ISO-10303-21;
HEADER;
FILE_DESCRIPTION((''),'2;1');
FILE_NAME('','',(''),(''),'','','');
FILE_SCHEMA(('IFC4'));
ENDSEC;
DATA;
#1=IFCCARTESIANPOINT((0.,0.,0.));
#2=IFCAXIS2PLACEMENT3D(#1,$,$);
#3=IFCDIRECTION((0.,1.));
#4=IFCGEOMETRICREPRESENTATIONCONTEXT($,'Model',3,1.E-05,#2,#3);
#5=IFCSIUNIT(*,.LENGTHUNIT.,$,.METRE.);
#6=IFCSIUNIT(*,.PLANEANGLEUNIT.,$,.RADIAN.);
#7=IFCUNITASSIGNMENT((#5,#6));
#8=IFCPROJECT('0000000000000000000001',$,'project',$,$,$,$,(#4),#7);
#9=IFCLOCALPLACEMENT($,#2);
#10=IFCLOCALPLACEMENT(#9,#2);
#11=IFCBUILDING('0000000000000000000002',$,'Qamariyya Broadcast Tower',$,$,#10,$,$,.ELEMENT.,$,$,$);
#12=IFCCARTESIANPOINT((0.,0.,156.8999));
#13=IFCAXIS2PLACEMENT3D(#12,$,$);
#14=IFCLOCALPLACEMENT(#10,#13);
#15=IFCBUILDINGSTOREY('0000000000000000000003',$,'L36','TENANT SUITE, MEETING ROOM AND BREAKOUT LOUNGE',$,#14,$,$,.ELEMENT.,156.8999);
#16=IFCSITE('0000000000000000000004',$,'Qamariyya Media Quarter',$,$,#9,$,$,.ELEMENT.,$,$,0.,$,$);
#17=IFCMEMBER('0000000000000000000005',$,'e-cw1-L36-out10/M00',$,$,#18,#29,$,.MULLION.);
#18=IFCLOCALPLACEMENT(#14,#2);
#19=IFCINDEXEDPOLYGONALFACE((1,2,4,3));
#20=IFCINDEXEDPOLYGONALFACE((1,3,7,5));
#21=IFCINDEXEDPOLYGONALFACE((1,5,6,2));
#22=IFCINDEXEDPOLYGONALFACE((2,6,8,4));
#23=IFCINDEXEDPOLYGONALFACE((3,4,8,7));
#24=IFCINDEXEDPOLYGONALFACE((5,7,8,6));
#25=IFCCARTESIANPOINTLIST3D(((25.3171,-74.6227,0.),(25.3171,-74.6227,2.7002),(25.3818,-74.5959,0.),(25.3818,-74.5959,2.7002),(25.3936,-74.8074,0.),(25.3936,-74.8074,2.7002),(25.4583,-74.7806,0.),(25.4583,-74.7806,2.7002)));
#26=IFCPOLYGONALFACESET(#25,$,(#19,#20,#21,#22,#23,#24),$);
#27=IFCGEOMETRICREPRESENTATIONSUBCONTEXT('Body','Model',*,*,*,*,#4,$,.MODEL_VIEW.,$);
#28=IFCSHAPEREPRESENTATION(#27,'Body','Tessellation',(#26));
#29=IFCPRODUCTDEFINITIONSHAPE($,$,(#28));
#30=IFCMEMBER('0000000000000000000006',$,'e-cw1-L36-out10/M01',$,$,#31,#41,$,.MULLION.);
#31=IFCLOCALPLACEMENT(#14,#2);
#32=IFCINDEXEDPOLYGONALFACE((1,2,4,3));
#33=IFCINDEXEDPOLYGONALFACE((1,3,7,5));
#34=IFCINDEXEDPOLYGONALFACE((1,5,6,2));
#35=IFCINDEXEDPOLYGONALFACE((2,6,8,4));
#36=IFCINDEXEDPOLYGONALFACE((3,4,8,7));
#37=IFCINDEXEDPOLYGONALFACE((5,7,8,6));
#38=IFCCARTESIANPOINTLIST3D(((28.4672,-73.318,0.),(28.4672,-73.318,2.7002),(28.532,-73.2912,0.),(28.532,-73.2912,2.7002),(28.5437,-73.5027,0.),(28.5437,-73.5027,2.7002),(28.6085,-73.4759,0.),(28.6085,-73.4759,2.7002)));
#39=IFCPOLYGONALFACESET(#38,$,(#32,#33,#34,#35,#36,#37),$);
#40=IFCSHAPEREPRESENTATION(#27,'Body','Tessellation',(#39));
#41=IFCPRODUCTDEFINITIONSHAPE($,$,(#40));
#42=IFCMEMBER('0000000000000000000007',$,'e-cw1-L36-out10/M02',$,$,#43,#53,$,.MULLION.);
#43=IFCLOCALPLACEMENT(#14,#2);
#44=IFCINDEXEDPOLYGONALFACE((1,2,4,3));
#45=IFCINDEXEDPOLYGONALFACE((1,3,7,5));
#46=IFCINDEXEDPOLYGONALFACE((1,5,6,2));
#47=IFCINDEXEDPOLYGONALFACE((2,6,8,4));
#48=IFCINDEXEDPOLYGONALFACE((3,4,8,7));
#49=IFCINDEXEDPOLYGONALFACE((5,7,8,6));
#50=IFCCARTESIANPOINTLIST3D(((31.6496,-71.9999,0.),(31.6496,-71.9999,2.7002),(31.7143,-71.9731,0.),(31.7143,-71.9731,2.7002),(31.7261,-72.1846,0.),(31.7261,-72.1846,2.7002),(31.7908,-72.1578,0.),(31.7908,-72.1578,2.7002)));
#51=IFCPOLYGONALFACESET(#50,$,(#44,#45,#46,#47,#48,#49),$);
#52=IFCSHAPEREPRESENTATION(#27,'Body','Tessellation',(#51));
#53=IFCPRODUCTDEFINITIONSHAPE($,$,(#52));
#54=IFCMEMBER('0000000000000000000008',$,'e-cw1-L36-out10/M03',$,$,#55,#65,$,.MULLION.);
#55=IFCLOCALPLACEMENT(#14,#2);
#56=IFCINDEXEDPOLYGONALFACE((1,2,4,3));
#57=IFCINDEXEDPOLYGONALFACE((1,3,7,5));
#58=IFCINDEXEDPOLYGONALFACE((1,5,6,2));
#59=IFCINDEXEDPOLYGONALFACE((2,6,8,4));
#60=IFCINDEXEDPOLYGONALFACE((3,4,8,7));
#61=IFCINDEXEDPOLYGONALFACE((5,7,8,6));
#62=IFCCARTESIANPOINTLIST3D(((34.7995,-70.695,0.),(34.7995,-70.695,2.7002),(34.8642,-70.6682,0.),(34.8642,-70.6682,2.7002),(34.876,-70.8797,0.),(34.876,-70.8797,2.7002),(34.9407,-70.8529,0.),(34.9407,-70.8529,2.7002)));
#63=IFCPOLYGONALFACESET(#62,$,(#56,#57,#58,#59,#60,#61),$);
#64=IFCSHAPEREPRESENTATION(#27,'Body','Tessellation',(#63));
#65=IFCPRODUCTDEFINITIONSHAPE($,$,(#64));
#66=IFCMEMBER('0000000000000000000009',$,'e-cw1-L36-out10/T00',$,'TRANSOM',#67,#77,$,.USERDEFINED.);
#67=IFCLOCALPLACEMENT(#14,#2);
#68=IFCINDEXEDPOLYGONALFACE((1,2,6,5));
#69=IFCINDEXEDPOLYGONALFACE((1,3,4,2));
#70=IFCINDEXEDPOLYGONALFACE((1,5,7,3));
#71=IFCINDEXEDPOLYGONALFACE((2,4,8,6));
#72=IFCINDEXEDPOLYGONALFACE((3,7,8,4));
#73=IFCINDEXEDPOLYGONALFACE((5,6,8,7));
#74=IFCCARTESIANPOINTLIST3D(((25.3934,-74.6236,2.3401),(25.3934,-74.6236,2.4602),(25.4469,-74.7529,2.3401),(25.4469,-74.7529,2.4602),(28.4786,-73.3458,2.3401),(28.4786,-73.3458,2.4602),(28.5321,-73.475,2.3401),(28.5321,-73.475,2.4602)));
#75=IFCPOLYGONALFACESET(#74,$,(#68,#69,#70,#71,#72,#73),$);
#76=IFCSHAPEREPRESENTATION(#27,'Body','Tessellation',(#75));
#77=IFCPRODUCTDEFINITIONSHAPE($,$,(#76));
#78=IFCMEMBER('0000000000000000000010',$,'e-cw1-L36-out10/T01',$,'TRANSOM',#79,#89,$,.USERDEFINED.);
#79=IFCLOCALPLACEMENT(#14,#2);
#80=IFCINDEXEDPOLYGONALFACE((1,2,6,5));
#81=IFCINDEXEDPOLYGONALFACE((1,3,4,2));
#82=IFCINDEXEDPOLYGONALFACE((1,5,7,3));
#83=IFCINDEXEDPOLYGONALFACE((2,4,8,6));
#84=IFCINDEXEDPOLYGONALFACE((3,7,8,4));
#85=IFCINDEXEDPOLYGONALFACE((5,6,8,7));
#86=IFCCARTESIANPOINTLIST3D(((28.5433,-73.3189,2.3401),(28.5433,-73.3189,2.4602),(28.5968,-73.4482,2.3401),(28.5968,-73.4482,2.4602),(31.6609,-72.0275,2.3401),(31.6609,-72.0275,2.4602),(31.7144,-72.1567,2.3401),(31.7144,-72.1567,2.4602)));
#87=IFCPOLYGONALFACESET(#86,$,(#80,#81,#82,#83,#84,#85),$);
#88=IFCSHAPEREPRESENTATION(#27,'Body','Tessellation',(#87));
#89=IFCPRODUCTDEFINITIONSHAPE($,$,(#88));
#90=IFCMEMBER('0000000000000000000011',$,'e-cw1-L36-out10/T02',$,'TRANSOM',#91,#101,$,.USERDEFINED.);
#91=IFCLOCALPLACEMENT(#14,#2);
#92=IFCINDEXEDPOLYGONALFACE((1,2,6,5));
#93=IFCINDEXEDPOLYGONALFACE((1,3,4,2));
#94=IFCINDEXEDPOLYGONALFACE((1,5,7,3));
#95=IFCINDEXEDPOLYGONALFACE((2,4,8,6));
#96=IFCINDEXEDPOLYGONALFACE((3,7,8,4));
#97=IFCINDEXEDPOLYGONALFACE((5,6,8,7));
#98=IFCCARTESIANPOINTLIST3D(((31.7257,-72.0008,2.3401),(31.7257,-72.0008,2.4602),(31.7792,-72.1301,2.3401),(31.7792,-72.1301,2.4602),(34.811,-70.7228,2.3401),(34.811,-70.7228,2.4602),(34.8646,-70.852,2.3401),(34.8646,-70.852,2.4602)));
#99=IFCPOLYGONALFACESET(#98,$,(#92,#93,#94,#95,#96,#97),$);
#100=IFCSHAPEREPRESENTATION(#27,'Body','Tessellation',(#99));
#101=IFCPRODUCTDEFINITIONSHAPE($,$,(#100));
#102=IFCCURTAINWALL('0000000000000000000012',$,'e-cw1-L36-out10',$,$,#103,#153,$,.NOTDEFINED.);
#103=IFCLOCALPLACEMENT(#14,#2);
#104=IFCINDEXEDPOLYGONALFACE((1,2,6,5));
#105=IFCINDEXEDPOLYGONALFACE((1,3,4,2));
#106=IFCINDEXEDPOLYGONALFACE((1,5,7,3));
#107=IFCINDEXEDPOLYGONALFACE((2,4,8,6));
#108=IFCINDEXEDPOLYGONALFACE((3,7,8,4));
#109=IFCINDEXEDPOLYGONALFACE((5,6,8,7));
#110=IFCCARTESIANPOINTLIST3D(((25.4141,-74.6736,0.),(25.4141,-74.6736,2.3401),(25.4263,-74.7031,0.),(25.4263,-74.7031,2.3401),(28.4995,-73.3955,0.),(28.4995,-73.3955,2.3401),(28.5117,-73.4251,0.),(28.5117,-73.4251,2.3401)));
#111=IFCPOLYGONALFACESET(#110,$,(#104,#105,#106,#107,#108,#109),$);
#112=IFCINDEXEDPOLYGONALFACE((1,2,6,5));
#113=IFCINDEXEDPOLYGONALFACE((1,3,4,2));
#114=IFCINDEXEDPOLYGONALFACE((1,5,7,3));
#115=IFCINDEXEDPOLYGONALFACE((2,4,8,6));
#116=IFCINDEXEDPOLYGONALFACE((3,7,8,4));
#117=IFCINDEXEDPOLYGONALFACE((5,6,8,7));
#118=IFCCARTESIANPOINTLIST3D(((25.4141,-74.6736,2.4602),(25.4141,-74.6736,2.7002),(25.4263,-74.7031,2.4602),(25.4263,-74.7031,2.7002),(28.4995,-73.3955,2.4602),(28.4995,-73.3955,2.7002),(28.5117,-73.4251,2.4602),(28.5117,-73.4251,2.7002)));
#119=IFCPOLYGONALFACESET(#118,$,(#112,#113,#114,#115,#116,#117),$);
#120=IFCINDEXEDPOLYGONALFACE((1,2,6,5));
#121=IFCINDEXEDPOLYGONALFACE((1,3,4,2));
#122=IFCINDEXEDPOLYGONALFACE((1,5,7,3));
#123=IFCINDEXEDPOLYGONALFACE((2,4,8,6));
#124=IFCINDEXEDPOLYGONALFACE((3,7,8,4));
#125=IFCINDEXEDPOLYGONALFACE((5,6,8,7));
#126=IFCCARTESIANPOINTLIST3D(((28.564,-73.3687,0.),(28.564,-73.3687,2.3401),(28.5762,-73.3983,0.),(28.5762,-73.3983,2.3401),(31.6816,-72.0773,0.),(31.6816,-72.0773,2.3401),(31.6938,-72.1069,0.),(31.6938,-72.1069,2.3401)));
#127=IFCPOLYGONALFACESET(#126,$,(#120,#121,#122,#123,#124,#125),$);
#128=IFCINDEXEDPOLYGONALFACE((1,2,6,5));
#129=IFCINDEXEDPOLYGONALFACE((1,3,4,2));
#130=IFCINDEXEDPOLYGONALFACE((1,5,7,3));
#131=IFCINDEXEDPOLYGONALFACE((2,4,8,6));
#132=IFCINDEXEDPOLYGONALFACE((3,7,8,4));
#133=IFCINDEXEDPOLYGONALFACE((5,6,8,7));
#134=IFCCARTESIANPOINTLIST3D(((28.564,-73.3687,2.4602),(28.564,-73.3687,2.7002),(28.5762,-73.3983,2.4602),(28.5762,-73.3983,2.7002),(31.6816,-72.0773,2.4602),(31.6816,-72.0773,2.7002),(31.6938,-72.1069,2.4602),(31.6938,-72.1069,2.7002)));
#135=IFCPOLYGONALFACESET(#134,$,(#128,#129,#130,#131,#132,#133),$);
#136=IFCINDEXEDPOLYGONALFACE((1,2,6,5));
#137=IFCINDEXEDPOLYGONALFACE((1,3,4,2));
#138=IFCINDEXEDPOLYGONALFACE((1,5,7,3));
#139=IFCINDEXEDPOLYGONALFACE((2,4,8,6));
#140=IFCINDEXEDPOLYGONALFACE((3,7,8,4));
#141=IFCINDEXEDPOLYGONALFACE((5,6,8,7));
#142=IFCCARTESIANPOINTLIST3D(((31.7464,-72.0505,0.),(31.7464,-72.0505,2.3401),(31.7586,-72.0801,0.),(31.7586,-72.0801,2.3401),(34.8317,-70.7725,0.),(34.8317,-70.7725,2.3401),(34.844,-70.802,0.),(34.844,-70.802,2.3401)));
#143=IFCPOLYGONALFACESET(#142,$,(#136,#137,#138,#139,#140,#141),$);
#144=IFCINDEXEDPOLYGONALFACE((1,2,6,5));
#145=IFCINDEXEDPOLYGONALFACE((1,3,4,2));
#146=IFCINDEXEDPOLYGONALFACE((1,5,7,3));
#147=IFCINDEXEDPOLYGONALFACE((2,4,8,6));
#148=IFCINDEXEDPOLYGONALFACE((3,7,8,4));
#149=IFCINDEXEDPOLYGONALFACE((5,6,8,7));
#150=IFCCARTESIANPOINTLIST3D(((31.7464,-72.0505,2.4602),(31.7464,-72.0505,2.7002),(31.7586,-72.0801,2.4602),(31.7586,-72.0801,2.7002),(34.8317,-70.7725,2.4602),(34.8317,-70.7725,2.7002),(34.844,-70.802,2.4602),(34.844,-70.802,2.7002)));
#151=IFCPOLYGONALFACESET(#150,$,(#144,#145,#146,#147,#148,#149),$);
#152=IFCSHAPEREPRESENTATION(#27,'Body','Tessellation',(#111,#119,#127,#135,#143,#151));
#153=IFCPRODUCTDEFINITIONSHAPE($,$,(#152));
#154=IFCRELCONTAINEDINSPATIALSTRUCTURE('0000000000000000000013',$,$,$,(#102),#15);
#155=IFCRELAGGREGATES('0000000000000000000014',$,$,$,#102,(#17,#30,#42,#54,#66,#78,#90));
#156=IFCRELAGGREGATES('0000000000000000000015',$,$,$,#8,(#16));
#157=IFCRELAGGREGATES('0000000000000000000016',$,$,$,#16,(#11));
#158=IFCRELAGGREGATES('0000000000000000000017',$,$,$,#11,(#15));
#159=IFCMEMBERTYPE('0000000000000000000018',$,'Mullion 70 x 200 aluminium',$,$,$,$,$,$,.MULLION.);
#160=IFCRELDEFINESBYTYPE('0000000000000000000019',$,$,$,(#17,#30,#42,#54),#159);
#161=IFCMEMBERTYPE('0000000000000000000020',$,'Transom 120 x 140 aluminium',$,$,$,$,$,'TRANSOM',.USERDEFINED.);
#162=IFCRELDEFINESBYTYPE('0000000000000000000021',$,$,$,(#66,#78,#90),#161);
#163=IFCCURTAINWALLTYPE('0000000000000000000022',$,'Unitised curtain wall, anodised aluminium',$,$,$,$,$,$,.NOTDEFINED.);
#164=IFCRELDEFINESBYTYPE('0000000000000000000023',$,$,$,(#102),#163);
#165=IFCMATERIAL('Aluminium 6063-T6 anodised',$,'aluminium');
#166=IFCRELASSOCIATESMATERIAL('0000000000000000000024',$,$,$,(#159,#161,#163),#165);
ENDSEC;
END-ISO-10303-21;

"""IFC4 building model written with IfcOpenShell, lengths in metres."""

from ifc_helpers import new_model, si_unit, direction, frame, origin, origin_2d, place, context, subcontext, project, spatial, rectangle, extrude, material, material_profile, profile_set, type_object, element, aggregate, save


model = new_model("IFC4")

# Units and contexts
model_context = context("Model", 3, precision=1e-05, world=origin(), true_north=direction((0.0, 1.0)))
body_context = subcontext(model_context, "Body", "Model", "MODEL_VIEW")
ifc_project = project(units=[si_unit("LENGTHUNIT", "METRE"), si_unit("PLANEANGLEUNIT", "RADIAN")], contexts=[model_context])

# Members
ifc_material = material(Name="Aluminium 6063-T6 anodised", Category="aluminium")
ifc_material_profile_1 = material_profile(ifc_material, rectangle(XDim=0.2, YDim=0.0701, at=origin_2d()))
ifc_profile_set_1 = profile_set([ifc_material_profile_1], Name="Aluminium 6063-T6 anodised")
member_type_1 = type_object("IfcMemberType", Name="Mullion 70 x 200 aluminium", PredefinedType="MULLION", material=ifc_profile_set_1)
site_placement = place(None, origin())
building_placement = place(site_placement, origin())
storey_placement = place(building_placement, frame((0.0, 0.0, 156.8999)))
member_1_placement = place(storey_placement, frame((25.3877, -74.7017, 0.0), z_axis=(0.0, 0.0, 1.0), x_axis=(-0.382683, 0.92388, 0.0)))
member_1 = element("IfcMember", 1, at=member_1_placement, type_object=member_type_1, Name="e-cw1-L36-out10/M00", PredefinedType="MULLION", context=body_context, shape_type="SweptSolid", body=[
    extrude(rectangle(XDim=0.2, YDim=0.0701, at=origin_2d()), origin(), (0.0, 0.0, 1.0), 2.7002),
])
member_2_placement = place(storey_placement, frame((28.5378, -73.397, 0.0), z_axis=(0.0, 0.0, 1.0), x_axis=(-0.382683, 0.92388, 0.0)))
member_2 = element("IfcMember", 2, at=member_2_placement, type_object=member_type_1, Name="e-cw1-L36-out10/M01", PredefinedType="MULLION", context=body_context, shape_type="SweptSolid", body=[
    extrude(rectangle(XDim=0.2, YDim=0.0701, at=origin_2d()), origin(), (0.0, 0.0, 1.0), 2.7002),
])
member_3_placement = place(storey_placement, frame((31.7202, -72.0789, 0.0), z_axis=(0.0, 0.0, 1.0), x_axis=(-0.382683, 0.92388, 0.0)))
member_3 = element("IfcMember", 3, at=member_3_placement, type_object=member_type_1, Name="e-cw1-L36-out10/M02", PredefinedType="MULLION", context=body_context, shape_type="SweptSolid", body=[
    extrude(rectangle(XDim=0.2, YDim=0.0701, at=origin_2d()), origin(), (0.0, 0.0, 1.0), 2.7002),
])
member_4_placement = place(storey_placement, frame((34.8701, -70.7739, 0.0), z_axis=(0.0, 0.0, 1.0), x_axis=(-0.382683, 0.92388, 0.0)))
member_4 = element("IfcMember", 4, at=member_4_placement, type_object=member_type_1, Name="e-cw1-L36-out10/M03", PredefinedType="MULLION", context=body_context, shape_type="SweptSolid", body=[
    extrude(rectangle(XDim=0.2, YDim=0.0701, at=origin_2d()), origin(), (0.0, 0.0, 1.0), 2.7002),
])
ifc_material_profile_2 = material_profile(ifc_material, rectangle(XDim=0.1399, YDim=0.1201, at=origin_2d()))
ifc_profile_set_2 = profile_set([ifc_material_profile_2], Name="Aluminium 6063-T6 anodised")
member_type_2 = type_object("IfcMemberType", Name="Transom 120 x 140 aluminium", ElementType="TRANSOM", PredefinedType="USERDEFINED", material=ifc_profile_set_2)
member_5_placement = place(storey_placement, frame((25.4202, -74.6882, 2.4001), z_axis=(0.92389, 0.382657, 0.0), x_axis=(-0.382657, 0.92389, 0.0)))
member_5 = element("IfcMember", 5, at=member_5_placement, type_object=member_type_2, Name="e-cw1-L36-out10/T00", ObjectType="TRANSOM", PredefinedType="USERDEFINED", context=body_context, shape_type="SweptSolid", body=[
    extrude(rectangle(XDim=0.1399, YDim=0.1201, at=origin_2d()), origin(), (0.0, 0.0, 1.0), 3.3394),
])
member_6_placement = place(storey_placement, frame((28.5701, -73.3835, 2.4001), z_axis=(0.923867, 0.382714, 0.0), x_axis=(-0.382714, 0.923867, 0.0)))
member_6 = element("IfcMember", 6, at=member_6_placement, type_object=member_type_2, Name="e-cw1-L36-out10/T01", ObjectType="TRANSOM", PredefinedType="USERDEFINED", context=body_context, shape_type="SweptSolid", body=[
    extrude(rectangle(XDim=0.1399, YDim=0.1201, at=origin_2d()), origin(), (0.0, 0.0, 1.0), 3.3745),
])
member_7_placement = place(storey_placement, frame((31.7524, -72.0654, 2.4001), z_axis=(0.923875, 0.382694, 0.0), x_axis=(-0.382694, 0.923875, 0.0)))
member_7 = element("IfcMember", 7, at=member_7_placement, type_object=member_type_2, Name="e-cw1-L36-out10/T02", ObjectType="TRANSOM", PredefinedType="USERDEFINED", context=body_context, shape_type="SweptSolid", body=[
    extrude(rectangle(XDim=0.1399, YDim=0.1201, at=origin_2d()), origin(), (0.0, 0.0, 1.0), 3.3396),
])

# Site, building, storey
site = spatial("IfcSite", under=ifc_project, at=site_placement, Name="Qamariyya Media Quarter", CompositionType="ELEMENT", RefElevation=0.0)
building = spatial("IfcBuilding", under=site, at=building_placement, Name="Qamariyya Broadcast Tower", CompositionType="ELEMENT")
storey = spatial("IfcBuildingStorey", under=building, at=storey_placement, Name="L36", Description="TENANT SUITE, MEETING ROOM AND BREAKOUT LOUNGE", CompositionType="ELEMENT", Elevation=156.8999)

# Curtain wall
curtain_wall_type = type_object("IfcCurtainWallType", Name="Unitised curtain wall, anodised aluminium", PredefinedType="NOTDEFINED", material=ifc_material)
curtain_wall_1_placement = place(storey_placement, origin())
curtain_wall_1 = element("IfcCurtainWall", 8, at=curtain_wall_1_placement, inside=storey, type_object=curtain_wall_type, Name="e-cw1-L36-out10", PredefinedType="NOTDEFINED", context=body_context, shape_type="SweptSolid", body=[
    extrude(rectangle(XDim=3.3396, YDim=0.032, at=origin_2d()), frame((26.9629, -74.0493, 0.0), x_axis=(0.923878, 0.382687, 0.0)), (0.0, 0.0, 1.0), 2.3401),
    extrude(rectangle(XDim=3.3396, YDim=0.032, at=origin_2d()), frame((26.9629, -74.0493, 2.4602), x_axis=(0.923878, 0.382687, 0.0)), (0.0, 0.0, 1.0), 0.24),
    extrude(rectangle(XDim=3.3745, YDim=0.032, at=origin_2d()), frame((30.1289, -72.7378, 0.0), x_axis=(0.923878, 0.382687, 0.0)), (0.0, 0.0, 1.0), 2.3401),
    extrude(rectangle(XDim=3.3745, YDim=0.032, at=origin_2d()), frame((30.1289, -72.7378, 2.4602), x_axis=(0.923878, 0.382687, 0.0)), (0.0, 0.0, 1.0), 0.24),
    extrude(rectangle(XDim=3.3396, YDim=0.032, at=origin_2d()), frame((33.2952, -71.4263, 0.0), x_axis=(0.923878, 0.382687, 0.0)), (0.0, 0.0, 1.0), 2.3401),
    extrude(rectangle(XDim=3.3396, YDim=0.032, at=origin_2d()), frame((33.2952, -71.4263, 2.4602), x_axis=(0.923878, 0.382687, 0.0)), (0.0, 0.0, 1.0), 0.24),
])
aggregate(curtain_wall_1, [member_1, member_2, member_3, member_4, member_5, member_6, member_7])

save(model, "model.ifc")
